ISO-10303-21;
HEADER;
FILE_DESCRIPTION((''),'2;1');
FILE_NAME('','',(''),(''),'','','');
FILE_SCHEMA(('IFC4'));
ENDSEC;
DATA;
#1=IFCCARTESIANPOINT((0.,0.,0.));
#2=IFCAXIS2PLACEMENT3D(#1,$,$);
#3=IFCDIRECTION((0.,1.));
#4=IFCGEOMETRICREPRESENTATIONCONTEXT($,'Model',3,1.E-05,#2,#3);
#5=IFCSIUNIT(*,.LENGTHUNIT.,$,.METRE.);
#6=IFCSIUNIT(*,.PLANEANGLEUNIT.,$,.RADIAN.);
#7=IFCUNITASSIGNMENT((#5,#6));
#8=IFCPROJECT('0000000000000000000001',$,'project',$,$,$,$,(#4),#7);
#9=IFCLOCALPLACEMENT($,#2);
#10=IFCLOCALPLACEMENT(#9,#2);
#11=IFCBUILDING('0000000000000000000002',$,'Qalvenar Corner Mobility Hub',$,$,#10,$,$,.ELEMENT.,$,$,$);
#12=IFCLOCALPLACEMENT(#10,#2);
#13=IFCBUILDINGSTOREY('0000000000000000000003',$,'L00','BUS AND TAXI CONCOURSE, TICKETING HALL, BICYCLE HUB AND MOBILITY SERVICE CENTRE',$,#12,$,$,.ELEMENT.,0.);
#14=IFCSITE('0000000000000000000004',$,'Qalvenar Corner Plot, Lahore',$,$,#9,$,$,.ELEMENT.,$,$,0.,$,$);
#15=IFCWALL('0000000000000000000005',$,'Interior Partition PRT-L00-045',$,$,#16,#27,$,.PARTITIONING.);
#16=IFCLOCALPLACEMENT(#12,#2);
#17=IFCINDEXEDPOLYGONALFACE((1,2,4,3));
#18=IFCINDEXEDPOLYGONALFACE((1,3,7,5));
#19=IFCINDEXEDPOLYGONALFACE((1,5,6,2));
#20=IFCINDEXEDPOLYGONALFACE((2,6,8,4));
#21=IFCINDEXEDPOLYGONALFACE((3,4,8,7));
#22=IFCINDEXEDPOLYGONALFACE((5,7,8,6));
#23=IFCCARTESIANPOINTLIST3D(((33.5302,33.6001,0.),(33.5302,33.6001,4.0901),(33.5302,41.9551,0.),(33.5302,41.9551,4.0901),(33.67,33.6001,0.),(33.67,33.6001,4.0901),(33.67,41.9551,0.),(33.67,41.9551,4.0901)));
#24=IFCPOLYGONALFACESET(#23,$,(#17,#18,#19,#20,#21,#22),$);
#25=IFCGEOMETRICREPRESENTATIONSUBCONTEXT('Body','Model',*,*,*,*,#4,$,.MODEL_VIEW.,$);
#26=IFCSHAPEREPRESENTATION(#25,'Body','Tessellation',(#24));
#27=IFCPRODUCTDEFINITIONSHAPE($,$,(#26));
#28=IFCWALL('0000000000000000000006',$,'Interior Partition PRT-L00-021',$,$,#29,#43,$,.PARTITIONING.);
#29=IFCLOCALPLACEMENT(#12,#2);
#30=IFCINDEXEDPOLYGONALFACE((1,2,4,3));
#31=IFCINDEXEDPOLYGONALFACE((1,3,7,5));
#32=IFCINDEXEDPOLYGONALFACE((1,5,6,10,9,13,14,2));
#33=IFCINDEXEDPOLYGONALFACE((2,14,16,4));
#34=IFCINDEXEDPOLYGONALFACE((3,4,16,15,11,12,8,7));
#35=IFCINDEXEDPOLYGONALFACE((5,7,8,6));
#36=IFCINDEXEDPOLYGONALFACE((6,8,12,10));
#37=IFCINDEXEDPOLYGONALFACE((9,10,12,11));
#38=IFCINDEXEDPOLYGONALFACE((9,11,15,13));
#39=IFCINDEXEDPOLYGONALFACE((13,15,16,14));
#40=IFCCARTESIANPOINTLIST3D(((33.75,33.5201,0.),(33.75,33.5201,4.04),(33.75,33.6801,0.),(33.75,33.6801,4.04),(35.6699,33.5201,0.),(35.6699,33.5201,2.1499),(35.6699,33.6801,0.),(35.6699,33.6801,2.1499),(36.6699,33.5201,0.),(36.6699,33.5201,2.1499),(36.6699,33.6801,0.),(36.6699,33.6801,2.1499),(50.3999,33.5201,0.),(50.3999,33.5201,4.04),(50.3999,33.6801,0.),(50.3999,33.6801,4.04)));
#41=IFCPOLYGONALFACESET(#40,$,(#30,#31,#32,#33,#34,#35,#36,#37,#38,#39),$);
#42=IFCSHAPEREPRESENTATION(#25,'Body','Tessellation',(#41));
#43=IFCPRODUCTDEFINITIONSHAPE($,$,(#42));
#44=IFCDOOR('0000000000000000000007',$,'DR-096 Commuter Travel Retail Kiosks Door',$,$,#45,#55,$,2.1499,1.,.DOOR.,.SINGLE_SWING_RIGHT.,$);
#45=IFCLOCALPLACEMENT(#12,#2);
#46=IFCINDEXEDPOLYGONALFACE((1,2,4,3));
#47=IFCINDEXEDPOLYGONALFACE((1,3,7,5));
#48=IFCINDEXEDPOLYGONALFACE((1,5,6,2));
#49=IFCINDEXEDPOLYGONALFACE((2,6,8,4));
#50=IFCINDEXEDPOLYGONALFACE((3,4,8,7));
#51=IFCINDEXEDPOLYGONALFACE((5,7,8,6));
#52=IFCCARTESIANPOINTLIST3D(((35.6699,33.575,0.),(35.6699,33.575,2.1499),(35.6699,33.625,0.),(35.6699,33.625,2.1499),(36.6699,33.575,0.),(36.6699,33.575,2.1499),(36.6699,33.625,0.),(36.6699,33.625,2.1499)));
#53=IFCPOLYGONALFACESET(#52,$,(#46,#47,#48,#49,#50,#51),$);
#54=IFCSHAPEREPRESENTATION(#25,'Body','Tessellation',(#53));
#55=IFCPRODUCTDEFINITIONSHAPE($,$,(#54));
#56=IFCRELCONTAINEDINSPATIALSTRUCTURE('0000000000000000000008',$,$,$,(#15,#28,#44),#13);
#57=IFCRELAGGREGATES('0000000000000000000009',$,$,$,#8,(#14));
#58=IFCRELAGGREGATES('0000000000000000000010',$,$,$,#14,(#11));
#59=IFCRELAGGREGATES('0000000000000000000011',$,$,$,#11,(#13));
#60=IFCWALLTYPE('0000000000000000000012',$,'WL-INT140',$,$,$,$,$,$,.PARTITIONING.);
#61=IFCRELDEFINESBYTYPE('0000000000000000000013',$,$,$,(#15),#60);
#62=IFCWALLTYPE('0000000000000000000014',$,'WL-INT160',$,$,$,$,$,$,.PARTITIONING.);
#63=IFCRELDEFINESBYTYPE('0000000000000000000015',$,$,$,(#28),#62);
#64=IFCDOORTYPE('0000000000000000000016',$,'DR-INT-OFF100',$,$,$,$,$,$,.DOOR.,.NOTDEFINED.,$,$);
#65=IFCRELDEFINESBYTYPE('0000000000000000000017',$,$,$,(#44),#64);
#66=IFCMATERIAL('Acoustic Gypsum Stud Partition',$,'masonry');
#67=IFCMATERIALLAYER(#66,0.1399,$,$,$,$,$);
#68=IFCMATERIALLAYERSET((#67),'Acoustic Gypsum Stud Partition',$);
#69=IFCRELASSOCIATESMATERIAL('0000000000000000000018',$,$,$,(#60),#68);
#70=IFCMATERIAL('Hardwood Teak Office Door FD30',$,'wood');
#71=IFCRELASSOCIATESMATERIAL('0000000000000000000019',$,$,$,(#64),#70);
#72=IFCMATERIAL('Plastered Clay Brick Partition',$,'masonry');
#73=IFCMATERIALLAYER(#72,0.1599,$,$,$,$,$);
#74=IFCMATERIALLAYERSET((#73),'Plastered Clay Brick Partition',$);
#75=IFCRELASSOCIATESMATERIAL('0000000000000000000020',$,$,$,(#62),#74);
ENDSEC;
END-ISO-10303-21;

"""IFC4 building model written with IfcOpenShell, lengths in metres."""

from ifc_helpers import new_model, si_unit, direction, frame, frame_2d, origin, place, context, subcontext, project, spatial, rectangle, extrude, material, layer, layer_set, type_object, element, fill, save


model = new_model("IFC4")

# Units and contexts
model_context = context("Model", 3, precision=1e-05, world=origin(), true_north=direction((0.0, 1.0)))
body_context = subcontext(model_context, "Body", "Model", "MODEL_VIEW")
ifc_project = project(units=[si_unit("LENGTHUNIT", "METRE"), si_unit("PLANEANGLEUNIT", "RADIAN")], contexts=[model_context])

# Site, building, storey
site_placement = place(None, origin())
site = spatial("IfcSite", under=ifc_project, at=site_placement, Name="Qalvenar Corner Plot, Lahore", CompositionType="ELEMENT", RefElevation=0.0)
building_placement = place(site_placement, origin())
building = spatial("IfcBuilding", under=site, at=building_placement, Name="Qalvenar Corner Mobility Hub", CompositionType="ELEMENT")
storey_placement = place(building_placement, origin())
storey = spatial("IfcBuildingStorey", under=building, at=storey_placement, Name="L00", Description="BUS AND TAXI CONCOURSE, TICKETING HALL, BICYCLE HUB AND MOBILITY SERVICE CENTRE", CompositionType="ELEMENT", Elevation=0.0)

# Shared definitions
ifc_material_1 = material(Name="Acoustic Gypsum Stud Partition", Category="masonry")
ifc_layer_1 = layer(ifc_material_1, 0.1399)
ifc_layer_set_1 = layer_set([ifc_layer_1], Name="Acoustic Gypsum Stud Partition")
wall_type_1 = type_object("IfcWallType", Name="WL-INT140", PredefinedType="PARTITIONING", material=ifc_layer_set_1)

# Shared definitions
ifc_material_2 = material(Name="Hardwood Teak Office Door FD30", Category="wood")
door_type = type_object("IfcDoorType", Name="DR-INT-OFF100", OperationType="NOTDEFINED", PredefinedType="DOOR", material=ifc_material_2)

# Wall
wall_1_placement = place(storey_placement, frame((33.6001, 33.6001, 0.0), z_axis=(0.0, 0.0, 1.0), x_axis=(0.0, 1.0, 0.0)))
element("IfcWall", 1, at=wall_1_placement, inside=storey, type_object=wall_type_1, Name="Interior Partition PRT-L00-045", PredefinedType="PARTITIONING", context=body_context, shape_type="SweptSolid", body=[
    extrude(rectangle(XDim=8.355, YDim=0.1399, at=frame_2d((4.1775, 0.0))), origin(), (0.0, 0.0, 1.0), 4.0901),
])

# Wall, opening, door
ifc_material_3 = material(Name="Plastered Clay Brick Partition", Category="masonry")
ifc_layer_2 = layer(ifc_material_3, 0.1599)
ifc_layer_set_2 = layer_set([ifc_layer_2], Name="Plastered Clay Brick Partition")
wall_type_2 = type_object("IfcWallType", Name="WL-INT160", PredefinedType="PARTITIONING", material=ifc_layer_set_2)
wall_2_placement = place(storey_placement, frame((33.75, 33.6001, 0.0), z_axis=(0.0, 0.0, 1.0), x_axis=(1.0, 0.0, 0.0)))
wall_2 = element("IfcWall", 2, at=wall_2_placement, inside=storey, type_object=wall_type_2, Name="Interior Partition PRT-L00-021", PredefinedType="PARTITIONING", context=body_context, shape_type="SweptSolid", body=[
    extrude(rectangle(XDim=16.6499, YDim=0.1599, at=frame_2d((8.325, 0.0))), origin(), (0.0, 0.0, 1.0), 4.04),
])
opening_1_placement = place(wall_2_placement, frame((1.9199, 0.0, 0.0)))
opening_1 = element("IfcOpeningElement", 3, at=opening_1_placement, cuts=wall_2, PredefinedType="OPENING", context=body_context, shape_type="SweptSolid", body=[
    extrude(rectangle(XDim=1.0, YDim=2.1499, at=frame_2d((0.5, 1.075))), frame((0.0, 0.0898, 0.0), z_axis=(0.0, -1.0, 0.0), x_axis=(1.0, 0.0, 0.0)), (0.0, 0.0, 1.0), 0.1799),
])
door_1_placement = place(opening_1_placement, origin())
door_1 = element("IfcDoor", 4, at=door_1_placement, inside=storey, type_object=door_type, Name="DR-096 Commuter Travel Retail Kiosks Door", OperationType="SINGLE_SWING_RIGHT", OverallHeight=2.1499, OverallWidth=1.0, PredefinedType="DOOR", context=body_context, shape_type="SweptSolid", body=[
    extrude(rectangle(XDim=1.0, YDim=2.1499, at=frame_2d((0.5, 1.075))), frame((0.0, 0.0249, 0.0), z_axis=(0.0, -1.0, 0.0), x_axis=(1.0, 0.0, 0.0)), (0.0, 0.0, 1.0), 0.05),
])
fill(opening_1, door_1)

save(model, "model.ifc")
